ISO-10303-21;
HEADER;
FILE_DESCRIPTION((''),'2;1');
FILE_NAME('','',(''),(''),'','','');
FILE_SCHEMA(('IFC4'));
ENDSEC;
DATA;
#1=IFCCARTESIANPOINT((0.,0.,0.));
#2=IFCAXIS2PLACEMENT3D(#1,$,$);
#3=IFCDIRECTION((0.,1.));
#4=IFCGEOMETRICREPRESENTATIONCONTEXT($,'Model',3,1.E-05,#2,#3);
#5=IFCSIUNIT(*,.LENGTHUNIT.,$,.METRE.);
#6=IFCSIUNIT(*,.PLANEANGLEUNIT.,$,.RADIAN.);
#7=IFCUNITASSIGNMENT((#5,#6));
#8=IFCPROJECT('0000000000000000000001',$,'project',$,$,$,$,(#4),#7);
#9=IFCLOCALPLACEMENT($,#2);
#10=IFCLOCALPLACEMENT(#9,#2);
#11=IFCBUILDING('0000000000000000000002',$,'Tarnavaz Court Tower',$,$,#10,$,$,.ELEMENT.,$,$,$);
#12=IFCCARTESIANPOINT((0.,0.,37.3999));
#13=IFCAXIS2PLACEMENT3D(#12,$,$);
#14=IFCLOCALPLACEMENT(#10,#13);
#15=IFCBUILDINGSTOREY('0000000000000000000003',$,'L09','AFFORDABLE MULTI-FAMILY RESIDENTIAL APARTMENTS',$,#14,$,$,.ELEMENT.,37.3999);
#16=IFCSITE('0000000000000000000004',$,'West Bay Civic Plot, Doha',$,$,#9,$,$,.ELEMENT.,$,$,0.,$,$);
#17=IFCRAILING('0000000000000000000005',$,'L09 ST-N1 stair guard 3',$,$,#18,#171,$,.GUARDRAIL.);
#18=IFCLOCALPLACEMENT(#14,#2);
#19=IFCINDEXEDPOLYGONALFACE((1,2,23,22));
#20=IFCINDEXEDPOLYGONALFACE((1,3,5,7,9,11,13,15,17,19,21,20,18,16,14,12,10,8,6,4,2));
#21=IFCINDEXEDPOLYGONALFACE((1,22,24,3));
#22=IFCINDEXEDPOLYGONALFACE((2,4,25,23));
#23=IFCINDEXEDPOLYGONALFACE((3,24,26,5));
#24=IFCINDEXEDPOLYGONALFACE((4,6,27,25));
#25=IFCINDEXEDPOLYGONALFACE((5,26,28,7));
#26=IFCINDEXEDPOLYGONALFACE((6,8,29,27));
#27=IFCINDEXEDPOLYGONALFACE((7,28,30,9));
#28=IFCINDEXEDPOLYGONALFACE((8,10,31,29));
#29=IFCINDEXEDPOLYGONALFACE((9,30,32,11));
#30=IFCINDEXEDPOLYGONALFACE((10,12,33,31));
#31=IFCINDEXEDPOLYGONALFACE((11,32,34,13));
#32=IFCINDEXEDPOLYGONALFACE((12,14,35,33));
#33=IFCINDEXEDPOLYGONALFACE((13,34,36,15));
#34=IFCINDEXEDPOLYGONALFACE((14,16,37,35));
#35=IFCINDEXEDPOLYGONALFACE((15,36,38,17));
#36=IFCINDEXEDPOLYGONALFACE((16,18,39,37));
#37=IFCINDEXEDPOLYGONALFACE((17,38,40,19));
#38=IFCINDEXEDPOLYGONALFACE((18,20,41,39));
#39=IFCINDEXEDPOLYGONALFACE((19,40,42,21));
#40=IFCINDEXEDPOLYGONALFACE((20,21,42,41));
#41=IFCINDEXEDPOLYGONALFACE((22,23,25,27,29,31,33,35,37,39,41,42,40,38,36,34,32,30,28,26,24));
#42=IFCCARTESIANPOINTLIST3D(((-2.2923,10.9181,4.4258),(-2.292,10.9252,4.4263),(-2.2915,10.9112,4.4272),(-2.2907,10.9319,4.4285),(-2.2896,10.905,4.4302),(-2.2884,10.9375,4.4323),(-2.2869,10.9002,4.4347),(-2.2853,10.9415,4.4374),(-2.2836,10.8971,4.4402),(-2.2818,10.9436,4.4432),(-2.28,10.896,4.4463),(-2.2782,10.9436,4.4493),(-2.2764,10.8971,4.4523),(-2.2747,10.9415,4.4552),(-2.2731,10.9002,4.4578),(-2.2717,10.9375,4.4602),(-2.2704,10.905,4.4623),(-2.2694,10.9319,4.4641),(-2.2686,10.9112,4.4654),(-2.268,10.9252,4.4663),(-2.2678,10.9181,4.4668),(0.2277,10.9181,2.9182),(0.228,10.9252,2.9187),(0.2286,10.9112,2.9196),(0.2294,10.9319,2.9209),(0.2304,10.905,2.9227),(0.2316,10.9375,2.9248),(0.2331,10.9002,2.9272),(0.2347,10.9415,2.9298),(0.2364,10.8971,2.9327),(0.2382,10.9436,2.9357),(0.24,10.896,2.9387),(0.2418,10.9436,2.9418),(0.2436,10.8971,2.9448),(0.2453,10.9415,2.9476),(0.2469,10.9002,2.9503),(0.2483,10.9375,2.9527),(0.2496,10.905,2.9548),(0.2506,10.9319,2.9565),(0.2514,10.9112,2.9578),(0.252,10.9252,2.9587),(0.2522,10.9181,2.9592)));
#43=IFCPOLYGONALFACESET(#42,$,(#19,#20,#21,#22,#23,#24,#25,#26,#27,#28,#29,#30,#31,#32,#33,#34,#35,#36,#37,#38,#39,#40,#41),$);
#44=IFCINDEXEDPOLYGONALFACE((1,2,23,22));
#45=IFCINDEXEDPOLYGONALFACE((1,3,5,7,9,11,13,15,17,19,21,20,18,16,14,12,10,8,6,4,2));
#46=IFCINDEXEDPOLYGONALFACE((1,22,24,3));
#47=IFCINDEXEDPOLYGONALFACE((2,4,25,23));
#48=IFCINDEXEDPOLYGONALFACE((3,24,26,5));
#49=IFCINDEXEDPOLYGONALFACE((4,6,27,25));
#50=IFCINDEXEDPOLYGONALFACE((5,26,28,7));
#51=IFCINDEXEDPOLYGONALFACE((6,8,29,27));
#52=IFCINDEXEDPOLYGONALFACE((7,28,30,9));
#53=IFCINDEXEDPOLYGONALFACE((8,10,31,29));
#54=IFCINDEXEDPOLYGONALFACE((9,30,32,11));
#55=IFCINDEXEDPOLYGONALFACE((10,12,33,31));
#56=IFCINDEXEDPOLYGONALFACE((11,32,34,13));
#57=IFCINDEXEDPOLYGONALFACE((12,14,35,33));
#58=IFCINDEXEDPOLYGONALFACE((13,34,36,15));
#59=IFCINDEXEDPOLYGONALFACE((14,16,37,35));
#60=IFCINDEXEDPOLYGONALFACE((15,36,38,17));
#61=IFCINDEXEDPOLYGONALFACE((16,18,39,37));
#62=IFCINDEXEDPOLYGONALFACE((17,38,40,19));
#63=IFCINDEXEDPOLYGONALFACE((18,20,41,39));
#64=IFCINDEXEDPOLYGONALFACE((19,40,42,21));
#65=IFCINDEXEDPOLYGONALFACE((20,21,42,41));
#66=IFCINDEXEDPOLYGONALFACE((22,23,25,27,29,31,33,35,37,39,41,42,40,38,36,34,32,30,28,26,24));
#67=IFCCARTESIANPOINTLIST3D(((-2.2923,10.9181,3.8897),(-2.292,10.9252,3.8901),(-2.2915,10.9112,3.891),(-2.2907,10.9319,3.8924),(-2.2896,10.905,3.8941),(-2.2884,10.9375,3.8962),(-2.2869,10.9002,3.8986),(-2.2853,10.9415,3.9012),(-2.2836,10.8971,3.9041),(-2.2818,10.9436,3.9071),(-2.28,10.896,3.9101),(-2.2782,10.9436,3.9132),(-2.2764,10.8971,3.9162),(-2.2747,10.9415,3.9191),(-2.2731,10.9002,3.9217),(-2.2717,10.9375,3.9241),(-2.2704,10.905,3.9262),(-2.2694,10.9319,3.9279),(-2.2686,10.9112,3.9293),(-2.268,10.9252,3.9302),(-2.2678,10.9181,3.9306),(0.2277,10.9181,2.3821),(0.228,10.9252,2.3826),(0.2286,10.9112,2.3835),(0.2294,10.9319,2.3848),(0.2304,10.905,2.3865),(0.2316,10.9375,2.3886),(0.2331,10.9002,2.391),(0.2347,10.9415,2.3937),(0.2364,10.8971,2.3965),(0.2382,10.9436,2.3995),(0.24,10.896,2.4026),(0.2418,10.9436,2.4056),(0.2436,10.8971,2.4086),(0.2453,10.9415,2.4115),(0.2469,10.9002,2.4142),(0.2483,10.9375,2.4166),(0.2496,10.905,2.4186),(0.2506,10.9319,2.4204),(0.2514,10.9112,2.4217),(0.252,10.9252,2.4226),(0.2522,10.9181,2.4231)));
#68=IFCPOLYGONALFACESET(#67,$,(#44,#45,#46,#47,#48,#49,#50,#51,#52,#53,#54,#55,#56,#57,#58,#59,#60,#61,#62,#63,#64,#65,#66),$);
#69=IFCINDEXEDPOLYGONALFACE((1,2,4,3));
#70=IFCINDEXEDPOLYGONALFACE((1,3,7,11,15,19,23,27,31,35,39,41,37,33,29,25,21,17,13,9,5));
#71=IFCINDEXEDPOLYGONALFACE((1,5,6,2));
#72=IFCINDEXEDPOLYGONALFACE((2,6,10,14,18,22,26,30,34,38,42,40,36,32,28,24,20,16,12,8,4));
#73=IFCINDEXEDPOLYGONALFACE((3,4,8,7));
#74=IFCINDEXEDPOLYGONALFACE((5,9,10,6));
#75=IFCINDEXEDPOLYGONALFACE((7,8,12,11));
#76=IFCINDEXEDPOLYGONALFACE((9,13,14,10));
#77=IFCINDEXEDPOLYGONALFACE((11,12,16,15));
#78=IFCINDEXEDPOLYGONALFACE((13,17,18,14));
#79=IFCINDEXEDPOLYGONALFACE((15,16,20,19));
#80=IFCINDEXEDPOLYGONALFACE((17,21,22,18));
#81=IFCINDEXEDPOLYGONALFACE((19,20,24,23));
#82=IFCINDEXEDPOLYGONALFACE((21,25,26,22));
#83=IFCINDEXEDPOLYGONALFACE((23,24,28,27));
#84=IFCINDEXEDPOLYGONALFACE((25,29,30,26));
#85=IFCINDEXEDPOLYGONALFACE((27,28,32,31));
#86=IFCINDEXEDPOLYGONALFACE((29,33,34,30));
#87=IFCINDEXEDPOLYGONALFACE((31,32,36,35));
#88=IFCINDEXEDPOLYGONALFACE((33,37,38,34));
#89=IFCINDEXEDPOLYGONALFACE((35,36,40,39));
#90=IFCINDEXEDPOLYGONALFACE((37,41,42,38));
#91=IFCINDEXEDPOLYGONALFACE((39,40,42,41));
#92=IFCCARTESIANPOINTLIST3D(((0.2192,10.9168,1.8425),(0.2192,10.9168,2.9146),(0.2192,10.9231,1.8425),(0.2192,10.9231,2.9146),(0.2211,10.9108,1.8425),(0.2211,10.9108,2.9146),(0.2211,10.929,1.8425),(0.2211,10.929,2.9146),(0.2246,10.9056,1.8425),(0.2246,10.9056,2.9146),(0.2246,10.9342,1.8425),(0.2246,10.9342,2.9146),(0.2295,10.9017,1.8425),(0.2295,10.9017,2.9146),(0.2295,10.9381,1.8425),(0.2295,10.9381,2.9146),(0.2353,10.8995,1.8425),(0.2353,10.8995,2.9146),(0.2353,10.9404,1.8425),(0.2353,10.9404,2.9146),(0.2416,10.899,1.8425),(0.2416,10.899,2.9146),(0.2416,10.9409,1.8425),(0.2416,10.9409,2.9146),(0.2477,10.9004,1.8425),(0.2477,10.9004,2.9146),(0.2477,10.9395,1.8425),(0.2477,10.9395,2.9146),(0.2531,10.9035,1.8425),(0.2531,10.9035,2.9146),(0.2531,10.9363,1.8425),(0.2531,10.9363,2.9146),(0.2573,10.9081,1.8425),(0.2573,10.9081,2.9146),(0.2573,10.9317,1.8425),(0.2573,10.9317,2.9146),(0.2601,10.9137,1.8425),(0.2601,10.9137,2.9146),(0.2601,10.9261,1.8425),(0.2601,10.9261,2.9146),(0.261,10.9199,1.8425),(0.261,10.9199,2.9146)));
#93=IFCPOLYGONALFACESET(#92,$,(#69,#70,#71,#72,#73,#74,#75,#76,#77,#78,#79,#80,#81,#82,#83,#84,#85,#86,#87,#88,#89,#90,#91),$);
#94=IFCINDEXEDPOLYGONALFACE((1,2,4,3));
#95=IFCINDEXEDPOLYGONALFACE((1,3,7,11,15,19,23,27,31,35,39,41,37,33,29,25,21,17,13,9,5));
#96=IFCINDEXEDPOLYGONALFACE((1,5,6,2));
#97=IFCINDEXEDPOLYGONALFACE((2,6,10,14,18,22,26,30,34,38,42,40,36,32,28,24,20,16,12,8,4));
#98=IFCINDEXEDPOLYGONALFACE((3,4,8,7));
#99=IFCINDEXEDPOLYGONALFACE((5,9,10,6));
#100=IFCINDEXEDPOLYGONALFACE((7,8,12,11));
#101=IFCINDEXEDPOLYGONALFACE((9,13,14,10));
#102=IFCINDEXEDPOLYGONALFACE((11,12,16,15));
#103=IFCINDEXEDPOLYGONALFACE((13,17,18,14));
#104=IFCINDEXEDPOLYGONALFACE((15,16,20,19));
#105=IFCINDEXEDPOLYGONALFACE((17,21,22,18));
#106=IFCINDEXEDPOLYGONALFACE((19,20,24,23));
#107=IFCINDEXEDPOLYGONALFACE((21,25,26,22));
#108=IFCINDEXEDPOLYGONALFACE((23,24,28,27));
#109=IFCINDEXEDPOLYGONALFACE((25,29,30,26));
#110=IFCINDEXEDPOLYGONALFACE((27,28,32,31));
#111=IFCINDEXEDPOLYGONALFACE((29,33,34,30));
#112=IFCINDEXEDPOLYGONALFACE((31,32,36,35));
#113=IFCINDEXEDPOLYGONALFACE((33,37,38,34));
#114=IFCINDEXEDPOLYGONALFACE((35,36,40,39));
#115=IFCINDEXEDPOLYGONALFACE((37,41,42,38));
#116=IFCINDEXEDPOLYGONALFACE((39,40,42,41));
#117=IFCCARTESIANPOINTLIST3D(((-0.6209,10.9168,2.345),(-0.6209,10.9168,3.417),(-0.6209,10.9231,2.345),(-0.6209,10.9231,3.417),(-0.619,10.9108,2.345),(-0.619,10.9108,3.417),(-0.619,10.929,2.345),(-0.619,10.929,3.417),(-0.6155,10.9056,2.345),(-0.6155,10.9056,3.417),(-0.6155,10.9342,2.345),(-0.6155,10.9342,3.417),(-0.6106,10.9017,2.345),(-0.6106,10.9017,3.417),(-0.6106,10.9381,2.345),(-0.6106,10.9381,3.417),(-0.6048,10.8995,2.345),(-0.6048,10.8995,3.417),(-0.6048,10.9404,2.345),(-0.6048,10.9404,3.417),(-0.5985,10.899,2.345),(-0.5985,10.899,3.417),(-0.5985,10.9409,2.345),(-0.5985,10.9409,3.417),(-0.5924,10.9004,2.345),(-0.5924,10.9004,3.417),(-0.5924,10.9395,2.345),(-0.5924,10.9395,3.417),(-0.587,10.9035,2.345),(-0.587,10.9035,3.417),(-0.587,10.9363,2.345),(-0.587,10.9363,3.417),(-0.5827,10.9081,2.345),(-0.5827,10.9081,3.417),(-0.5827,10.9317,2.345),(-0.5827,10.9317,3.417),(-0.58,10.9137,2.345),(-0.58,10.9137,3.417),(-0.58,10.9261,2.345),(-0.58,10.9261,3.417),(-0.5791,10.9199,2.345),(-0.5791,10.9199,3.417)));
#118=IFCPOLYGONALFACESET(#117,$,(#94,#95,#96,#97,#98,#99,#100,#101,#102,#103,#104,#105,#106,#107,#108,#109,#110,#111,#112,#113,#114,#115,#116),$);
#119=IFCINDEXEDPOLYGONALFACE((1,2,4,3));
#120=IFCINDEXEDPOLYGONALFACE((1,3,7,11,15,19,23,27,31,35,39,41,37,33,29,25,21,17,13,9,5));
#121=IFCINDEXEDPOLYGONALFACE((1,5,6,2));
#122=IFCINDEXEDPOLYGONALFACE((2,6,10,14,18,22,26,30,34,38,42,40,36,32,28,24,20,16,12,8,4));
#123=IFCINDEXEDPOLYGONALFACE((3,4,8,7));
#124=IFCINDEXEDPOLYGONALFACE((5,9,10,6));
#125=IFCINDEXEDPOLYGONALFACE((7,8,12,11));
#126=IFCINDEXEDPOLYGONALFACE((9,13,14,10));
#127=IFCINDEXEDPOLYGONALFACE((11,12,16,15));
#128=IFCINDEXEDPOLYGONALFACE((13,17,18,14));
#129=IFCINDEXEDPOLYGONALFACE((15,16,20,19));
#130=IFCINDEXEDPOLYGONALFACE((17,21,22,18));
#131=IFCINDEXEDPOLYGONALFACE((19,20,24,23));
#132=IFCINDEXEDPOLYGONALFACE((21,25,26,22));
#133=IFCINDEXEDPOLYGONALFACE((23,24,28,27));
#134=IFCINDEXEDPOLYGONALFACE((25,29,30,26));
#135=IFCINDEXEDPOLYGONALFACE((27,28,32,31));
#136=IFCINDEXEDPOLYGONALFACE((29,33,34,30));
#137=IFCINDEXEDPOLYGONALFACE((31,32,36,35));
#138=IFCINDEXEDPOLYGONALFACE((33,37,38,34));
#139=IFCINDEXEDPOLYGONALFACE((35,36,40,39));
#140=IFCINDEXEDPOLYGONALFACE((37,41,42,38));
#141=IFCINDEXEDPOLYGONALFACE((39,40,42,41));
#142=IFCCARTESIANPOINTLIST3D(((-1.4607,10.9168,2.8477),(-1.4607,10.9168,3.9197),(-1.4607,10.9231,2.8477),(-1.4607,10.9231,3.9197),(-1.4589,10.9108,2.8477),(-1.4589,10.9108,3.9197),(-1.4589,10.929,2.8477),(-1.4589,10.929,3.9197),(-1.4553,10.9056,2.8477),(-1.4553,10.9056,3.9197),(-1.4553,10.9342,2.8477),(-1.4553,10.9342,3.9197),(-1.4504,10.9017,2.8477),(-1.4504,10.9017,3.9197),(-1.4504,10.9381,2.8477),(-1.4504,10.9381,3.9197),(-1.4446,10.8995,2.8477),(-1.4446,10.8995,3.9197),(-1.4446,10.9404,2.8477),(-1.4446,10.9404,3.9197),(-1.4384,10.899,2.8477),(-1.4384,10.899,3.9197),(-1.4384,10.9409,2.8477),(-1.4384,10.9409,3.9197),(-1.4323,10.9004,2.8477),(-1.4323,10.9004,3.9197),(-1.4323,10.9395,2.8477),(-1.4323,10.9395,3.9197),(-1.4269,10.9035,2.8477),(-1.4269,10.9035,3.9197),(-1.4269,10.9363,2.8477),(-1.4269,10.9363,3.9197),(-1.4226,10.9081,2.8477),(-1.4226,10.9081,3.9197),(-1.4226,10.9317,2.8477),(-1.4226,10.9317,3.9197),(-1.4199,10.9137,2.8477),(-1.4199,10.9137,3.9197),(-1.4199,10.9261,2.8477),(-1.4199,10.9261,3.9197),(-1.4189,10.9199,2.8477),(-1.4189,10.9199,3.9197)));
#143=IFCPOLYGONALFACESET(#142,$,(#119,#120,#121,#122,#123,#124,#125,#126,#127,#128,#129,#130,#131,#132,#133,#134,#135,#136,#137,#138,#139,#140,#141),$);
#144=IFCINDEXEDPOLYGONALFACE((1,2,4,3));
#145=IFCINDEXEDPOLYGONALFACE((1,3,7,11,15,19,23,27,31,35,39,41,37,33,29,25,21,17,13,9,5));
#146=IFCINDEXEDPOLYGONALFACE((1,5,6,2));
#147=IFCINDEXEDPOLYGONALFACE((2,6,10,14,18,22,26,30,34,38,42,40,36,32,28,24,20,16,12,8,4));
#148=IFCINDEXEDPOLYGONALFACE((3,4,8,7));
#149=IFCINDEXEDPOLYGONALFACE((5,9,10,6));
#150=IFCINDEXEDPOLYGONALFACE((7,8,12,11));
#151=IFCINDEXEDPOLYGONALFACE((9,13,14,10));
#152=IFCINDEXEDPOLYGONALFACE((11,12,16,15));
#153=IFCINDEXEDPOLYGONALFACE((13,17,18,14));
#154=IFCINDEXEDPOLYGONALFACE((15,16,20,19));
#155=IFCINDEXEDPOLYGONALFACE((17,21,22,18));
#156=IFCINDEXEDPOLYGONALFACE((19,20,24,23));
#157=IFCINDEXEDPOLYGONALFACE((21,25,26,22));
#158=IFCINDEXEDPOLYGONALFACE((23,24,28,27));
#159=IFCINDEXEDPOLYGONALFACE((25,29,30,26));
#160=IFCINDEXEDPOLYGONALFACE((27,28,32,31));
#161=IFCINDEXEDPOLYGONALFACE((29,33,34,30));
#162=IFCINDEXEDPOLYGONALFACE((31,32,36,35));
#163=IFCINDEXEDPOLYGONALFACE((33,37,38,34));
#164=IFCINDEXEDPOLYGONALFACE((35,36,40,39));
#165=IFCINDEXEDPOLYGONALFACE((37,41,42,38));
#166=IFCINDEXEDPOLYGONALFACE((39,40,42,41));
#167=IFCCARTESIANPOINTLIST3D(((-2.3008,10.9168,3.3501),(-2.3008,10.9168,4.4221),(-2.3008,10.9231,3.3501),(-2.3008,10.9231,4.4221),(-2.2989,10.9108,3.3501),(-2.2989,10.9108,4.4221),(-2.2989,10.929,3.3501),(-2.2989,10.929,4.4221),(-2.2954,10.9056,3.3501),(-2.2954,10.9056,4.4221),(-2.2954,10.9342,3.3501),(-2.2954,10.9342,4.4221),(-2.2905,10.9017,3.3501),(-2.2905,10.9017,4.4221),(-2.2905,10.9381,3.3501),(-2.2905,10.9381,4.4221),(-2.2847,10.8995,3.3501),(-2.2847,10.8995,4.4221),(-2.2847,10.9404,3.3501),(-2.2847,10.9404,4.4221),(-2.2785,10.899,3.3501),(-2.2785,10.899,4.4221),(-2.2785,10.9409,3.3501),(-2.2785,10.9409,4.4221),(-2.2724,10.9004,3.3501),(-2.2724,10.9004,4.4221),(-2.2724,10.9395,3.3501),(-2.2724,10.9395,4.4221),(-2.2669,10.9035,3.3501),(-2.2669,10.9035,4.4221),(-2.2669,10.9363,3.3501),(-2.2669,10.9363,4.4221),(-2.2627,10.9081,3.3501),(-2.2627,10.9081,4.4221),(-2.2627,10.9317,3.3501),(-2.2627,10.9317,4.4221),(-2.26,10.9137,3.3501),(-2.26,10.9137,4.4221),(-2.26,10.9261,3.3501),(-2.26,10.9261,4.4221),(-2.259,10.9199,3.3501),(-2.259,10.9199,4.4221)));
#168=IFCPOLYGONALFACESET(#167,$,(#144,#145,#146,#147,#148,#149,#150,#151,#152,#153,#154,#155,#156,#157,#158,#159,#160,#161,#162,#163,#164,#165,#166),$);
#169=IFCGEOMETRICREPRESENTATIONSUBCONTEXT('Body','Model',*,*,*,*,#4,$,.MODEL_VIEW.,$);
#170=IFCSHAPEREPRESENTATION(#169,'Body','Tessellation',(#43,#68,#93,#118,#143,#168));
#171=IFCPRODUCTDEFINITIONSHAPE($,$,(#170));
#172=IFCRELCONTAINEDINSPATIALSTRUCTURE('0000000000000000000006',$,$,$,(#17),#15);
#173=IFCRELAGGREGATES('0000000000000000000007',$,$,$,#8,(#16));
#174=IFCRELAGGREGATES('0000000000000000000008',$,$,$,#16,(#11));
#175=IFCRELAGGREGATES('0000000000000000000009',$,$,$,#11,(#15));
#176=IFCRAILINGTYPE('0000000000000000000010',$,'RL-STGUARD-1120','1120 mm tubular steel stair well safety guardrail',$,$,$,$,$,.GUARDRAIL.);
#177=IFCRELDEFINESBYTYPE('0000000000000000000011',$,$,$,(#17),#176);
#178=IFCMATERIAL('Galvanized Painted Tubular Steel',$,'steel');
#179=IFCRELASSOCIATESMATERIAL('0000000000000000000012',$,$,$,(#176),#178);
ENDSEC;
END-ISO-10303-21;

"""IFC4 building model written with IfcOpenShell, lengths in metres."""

from ifc_helpers import new_model, si_unit, direction, frame, origin, origin_2d, place, context, subcontext, project, spatial, circle, extrude, material, type_object, element, save


model = new_model("IFC4")

# Units and contexts
model_context = context("Model", 3, precision=1e-05, world=origin(), true_north=direction((0.0, 1.0)))
body_context = subcontext(model_context, "Body", "Model", "MODEL_VIEW")
ifc_project = project(units=[si_unit("LENGTHUNIT", "METRE"), si_unit("PLANEANGLEUNIT", "RADIAN")], contexts=[model_context])

# Site, building, storey
site_placement = place(None, origin())
site = spatial("IfcSite", under=ifc_project, at=site_placement, Name="West Bay Civic Plot, Doha", CompositionType="ELEMENT", RefElevation=0.0)
building_placement = place(site_placement, origin())
building = spatial("IfcBuilding", under=site, at=building_placement, Name="Tarnavaz Court Tower", CompositionType="ELEMENT")
storey_placement = place(building_placement, frame((0.0, 0.0, 37.3999)))
storey = spatial("IfcBuildingStorey", under=building, at=storey_placement, Name="L09", Description="AFFORDABLE MULTI-FAMILY RESIDENTIAL APARTMENTS", CompositionType="ELEMENT", Elevation=37.3999)

# Railing
ifc_material_1 = material(Name="Galvanized Painted Tubular Steel", Category="steel")
railing_type_1 = type_object("IfcRailingType", Name="RL-STGUARD-1120", Description="1120 mm tubular steel stair well safety guardrail", PredefinedType="GUARDRAIL", material=ifc_material_1)
railing_1_placement = place(storey_placement, frame((0.24, 10.9199, 1.8425)))
element("IfcRailing", 1, at=railing_1_placement, inside=storey, type_object=railing_type_1, Name="L09 ST-N1 stair guard 3", PredefinedType="GUARDRAIL", context=body_context, shape_type="SweptSolid", body=[
    extrude(circle(Radius=0.0239, at=origin_2d()), frame((0.0, 0.0, 1.0962), z_axis=(-0.85816, 0.0, 0.513383), x_axis=(0.0, -1.0, 0.0)), (0.0, 0.0, 1.0), 2.9365),
    extrude(circle(Radius=0.0239, at=origin_2d()), frame((0.0, 0.0, 0.5601), z_axis=(-0.85816, 0.0, 0.513383), x_axis=(0.0, -1.0, 0.0)), (0.0, 0.0, 1.0), 2.9365),
    extrude(circle(Radius=0.021, at=origin_2d()), origin(), (0.0, 0.0, 1.0), 1.072),
    extrude(circle(Radius=0.021, at=origin_2d()), frame((-0.8401, 0.0, 0.5024)), (0.0, 0.0, 1.0), 1.072),
    extrude(circle(Radius=0.021, at=origin_2d()), frame((-1.6799, 0.0, 1.0051)), (0.0, 0.0, 1.0), 1.072),
    extrude(circle(Radius=0.021, at=origin_2d()), frame((-2.52, 0.0, 1.5076)), (0.0, 0.0, 1.0), 1.072),
])

save(model, "model.ifc")
